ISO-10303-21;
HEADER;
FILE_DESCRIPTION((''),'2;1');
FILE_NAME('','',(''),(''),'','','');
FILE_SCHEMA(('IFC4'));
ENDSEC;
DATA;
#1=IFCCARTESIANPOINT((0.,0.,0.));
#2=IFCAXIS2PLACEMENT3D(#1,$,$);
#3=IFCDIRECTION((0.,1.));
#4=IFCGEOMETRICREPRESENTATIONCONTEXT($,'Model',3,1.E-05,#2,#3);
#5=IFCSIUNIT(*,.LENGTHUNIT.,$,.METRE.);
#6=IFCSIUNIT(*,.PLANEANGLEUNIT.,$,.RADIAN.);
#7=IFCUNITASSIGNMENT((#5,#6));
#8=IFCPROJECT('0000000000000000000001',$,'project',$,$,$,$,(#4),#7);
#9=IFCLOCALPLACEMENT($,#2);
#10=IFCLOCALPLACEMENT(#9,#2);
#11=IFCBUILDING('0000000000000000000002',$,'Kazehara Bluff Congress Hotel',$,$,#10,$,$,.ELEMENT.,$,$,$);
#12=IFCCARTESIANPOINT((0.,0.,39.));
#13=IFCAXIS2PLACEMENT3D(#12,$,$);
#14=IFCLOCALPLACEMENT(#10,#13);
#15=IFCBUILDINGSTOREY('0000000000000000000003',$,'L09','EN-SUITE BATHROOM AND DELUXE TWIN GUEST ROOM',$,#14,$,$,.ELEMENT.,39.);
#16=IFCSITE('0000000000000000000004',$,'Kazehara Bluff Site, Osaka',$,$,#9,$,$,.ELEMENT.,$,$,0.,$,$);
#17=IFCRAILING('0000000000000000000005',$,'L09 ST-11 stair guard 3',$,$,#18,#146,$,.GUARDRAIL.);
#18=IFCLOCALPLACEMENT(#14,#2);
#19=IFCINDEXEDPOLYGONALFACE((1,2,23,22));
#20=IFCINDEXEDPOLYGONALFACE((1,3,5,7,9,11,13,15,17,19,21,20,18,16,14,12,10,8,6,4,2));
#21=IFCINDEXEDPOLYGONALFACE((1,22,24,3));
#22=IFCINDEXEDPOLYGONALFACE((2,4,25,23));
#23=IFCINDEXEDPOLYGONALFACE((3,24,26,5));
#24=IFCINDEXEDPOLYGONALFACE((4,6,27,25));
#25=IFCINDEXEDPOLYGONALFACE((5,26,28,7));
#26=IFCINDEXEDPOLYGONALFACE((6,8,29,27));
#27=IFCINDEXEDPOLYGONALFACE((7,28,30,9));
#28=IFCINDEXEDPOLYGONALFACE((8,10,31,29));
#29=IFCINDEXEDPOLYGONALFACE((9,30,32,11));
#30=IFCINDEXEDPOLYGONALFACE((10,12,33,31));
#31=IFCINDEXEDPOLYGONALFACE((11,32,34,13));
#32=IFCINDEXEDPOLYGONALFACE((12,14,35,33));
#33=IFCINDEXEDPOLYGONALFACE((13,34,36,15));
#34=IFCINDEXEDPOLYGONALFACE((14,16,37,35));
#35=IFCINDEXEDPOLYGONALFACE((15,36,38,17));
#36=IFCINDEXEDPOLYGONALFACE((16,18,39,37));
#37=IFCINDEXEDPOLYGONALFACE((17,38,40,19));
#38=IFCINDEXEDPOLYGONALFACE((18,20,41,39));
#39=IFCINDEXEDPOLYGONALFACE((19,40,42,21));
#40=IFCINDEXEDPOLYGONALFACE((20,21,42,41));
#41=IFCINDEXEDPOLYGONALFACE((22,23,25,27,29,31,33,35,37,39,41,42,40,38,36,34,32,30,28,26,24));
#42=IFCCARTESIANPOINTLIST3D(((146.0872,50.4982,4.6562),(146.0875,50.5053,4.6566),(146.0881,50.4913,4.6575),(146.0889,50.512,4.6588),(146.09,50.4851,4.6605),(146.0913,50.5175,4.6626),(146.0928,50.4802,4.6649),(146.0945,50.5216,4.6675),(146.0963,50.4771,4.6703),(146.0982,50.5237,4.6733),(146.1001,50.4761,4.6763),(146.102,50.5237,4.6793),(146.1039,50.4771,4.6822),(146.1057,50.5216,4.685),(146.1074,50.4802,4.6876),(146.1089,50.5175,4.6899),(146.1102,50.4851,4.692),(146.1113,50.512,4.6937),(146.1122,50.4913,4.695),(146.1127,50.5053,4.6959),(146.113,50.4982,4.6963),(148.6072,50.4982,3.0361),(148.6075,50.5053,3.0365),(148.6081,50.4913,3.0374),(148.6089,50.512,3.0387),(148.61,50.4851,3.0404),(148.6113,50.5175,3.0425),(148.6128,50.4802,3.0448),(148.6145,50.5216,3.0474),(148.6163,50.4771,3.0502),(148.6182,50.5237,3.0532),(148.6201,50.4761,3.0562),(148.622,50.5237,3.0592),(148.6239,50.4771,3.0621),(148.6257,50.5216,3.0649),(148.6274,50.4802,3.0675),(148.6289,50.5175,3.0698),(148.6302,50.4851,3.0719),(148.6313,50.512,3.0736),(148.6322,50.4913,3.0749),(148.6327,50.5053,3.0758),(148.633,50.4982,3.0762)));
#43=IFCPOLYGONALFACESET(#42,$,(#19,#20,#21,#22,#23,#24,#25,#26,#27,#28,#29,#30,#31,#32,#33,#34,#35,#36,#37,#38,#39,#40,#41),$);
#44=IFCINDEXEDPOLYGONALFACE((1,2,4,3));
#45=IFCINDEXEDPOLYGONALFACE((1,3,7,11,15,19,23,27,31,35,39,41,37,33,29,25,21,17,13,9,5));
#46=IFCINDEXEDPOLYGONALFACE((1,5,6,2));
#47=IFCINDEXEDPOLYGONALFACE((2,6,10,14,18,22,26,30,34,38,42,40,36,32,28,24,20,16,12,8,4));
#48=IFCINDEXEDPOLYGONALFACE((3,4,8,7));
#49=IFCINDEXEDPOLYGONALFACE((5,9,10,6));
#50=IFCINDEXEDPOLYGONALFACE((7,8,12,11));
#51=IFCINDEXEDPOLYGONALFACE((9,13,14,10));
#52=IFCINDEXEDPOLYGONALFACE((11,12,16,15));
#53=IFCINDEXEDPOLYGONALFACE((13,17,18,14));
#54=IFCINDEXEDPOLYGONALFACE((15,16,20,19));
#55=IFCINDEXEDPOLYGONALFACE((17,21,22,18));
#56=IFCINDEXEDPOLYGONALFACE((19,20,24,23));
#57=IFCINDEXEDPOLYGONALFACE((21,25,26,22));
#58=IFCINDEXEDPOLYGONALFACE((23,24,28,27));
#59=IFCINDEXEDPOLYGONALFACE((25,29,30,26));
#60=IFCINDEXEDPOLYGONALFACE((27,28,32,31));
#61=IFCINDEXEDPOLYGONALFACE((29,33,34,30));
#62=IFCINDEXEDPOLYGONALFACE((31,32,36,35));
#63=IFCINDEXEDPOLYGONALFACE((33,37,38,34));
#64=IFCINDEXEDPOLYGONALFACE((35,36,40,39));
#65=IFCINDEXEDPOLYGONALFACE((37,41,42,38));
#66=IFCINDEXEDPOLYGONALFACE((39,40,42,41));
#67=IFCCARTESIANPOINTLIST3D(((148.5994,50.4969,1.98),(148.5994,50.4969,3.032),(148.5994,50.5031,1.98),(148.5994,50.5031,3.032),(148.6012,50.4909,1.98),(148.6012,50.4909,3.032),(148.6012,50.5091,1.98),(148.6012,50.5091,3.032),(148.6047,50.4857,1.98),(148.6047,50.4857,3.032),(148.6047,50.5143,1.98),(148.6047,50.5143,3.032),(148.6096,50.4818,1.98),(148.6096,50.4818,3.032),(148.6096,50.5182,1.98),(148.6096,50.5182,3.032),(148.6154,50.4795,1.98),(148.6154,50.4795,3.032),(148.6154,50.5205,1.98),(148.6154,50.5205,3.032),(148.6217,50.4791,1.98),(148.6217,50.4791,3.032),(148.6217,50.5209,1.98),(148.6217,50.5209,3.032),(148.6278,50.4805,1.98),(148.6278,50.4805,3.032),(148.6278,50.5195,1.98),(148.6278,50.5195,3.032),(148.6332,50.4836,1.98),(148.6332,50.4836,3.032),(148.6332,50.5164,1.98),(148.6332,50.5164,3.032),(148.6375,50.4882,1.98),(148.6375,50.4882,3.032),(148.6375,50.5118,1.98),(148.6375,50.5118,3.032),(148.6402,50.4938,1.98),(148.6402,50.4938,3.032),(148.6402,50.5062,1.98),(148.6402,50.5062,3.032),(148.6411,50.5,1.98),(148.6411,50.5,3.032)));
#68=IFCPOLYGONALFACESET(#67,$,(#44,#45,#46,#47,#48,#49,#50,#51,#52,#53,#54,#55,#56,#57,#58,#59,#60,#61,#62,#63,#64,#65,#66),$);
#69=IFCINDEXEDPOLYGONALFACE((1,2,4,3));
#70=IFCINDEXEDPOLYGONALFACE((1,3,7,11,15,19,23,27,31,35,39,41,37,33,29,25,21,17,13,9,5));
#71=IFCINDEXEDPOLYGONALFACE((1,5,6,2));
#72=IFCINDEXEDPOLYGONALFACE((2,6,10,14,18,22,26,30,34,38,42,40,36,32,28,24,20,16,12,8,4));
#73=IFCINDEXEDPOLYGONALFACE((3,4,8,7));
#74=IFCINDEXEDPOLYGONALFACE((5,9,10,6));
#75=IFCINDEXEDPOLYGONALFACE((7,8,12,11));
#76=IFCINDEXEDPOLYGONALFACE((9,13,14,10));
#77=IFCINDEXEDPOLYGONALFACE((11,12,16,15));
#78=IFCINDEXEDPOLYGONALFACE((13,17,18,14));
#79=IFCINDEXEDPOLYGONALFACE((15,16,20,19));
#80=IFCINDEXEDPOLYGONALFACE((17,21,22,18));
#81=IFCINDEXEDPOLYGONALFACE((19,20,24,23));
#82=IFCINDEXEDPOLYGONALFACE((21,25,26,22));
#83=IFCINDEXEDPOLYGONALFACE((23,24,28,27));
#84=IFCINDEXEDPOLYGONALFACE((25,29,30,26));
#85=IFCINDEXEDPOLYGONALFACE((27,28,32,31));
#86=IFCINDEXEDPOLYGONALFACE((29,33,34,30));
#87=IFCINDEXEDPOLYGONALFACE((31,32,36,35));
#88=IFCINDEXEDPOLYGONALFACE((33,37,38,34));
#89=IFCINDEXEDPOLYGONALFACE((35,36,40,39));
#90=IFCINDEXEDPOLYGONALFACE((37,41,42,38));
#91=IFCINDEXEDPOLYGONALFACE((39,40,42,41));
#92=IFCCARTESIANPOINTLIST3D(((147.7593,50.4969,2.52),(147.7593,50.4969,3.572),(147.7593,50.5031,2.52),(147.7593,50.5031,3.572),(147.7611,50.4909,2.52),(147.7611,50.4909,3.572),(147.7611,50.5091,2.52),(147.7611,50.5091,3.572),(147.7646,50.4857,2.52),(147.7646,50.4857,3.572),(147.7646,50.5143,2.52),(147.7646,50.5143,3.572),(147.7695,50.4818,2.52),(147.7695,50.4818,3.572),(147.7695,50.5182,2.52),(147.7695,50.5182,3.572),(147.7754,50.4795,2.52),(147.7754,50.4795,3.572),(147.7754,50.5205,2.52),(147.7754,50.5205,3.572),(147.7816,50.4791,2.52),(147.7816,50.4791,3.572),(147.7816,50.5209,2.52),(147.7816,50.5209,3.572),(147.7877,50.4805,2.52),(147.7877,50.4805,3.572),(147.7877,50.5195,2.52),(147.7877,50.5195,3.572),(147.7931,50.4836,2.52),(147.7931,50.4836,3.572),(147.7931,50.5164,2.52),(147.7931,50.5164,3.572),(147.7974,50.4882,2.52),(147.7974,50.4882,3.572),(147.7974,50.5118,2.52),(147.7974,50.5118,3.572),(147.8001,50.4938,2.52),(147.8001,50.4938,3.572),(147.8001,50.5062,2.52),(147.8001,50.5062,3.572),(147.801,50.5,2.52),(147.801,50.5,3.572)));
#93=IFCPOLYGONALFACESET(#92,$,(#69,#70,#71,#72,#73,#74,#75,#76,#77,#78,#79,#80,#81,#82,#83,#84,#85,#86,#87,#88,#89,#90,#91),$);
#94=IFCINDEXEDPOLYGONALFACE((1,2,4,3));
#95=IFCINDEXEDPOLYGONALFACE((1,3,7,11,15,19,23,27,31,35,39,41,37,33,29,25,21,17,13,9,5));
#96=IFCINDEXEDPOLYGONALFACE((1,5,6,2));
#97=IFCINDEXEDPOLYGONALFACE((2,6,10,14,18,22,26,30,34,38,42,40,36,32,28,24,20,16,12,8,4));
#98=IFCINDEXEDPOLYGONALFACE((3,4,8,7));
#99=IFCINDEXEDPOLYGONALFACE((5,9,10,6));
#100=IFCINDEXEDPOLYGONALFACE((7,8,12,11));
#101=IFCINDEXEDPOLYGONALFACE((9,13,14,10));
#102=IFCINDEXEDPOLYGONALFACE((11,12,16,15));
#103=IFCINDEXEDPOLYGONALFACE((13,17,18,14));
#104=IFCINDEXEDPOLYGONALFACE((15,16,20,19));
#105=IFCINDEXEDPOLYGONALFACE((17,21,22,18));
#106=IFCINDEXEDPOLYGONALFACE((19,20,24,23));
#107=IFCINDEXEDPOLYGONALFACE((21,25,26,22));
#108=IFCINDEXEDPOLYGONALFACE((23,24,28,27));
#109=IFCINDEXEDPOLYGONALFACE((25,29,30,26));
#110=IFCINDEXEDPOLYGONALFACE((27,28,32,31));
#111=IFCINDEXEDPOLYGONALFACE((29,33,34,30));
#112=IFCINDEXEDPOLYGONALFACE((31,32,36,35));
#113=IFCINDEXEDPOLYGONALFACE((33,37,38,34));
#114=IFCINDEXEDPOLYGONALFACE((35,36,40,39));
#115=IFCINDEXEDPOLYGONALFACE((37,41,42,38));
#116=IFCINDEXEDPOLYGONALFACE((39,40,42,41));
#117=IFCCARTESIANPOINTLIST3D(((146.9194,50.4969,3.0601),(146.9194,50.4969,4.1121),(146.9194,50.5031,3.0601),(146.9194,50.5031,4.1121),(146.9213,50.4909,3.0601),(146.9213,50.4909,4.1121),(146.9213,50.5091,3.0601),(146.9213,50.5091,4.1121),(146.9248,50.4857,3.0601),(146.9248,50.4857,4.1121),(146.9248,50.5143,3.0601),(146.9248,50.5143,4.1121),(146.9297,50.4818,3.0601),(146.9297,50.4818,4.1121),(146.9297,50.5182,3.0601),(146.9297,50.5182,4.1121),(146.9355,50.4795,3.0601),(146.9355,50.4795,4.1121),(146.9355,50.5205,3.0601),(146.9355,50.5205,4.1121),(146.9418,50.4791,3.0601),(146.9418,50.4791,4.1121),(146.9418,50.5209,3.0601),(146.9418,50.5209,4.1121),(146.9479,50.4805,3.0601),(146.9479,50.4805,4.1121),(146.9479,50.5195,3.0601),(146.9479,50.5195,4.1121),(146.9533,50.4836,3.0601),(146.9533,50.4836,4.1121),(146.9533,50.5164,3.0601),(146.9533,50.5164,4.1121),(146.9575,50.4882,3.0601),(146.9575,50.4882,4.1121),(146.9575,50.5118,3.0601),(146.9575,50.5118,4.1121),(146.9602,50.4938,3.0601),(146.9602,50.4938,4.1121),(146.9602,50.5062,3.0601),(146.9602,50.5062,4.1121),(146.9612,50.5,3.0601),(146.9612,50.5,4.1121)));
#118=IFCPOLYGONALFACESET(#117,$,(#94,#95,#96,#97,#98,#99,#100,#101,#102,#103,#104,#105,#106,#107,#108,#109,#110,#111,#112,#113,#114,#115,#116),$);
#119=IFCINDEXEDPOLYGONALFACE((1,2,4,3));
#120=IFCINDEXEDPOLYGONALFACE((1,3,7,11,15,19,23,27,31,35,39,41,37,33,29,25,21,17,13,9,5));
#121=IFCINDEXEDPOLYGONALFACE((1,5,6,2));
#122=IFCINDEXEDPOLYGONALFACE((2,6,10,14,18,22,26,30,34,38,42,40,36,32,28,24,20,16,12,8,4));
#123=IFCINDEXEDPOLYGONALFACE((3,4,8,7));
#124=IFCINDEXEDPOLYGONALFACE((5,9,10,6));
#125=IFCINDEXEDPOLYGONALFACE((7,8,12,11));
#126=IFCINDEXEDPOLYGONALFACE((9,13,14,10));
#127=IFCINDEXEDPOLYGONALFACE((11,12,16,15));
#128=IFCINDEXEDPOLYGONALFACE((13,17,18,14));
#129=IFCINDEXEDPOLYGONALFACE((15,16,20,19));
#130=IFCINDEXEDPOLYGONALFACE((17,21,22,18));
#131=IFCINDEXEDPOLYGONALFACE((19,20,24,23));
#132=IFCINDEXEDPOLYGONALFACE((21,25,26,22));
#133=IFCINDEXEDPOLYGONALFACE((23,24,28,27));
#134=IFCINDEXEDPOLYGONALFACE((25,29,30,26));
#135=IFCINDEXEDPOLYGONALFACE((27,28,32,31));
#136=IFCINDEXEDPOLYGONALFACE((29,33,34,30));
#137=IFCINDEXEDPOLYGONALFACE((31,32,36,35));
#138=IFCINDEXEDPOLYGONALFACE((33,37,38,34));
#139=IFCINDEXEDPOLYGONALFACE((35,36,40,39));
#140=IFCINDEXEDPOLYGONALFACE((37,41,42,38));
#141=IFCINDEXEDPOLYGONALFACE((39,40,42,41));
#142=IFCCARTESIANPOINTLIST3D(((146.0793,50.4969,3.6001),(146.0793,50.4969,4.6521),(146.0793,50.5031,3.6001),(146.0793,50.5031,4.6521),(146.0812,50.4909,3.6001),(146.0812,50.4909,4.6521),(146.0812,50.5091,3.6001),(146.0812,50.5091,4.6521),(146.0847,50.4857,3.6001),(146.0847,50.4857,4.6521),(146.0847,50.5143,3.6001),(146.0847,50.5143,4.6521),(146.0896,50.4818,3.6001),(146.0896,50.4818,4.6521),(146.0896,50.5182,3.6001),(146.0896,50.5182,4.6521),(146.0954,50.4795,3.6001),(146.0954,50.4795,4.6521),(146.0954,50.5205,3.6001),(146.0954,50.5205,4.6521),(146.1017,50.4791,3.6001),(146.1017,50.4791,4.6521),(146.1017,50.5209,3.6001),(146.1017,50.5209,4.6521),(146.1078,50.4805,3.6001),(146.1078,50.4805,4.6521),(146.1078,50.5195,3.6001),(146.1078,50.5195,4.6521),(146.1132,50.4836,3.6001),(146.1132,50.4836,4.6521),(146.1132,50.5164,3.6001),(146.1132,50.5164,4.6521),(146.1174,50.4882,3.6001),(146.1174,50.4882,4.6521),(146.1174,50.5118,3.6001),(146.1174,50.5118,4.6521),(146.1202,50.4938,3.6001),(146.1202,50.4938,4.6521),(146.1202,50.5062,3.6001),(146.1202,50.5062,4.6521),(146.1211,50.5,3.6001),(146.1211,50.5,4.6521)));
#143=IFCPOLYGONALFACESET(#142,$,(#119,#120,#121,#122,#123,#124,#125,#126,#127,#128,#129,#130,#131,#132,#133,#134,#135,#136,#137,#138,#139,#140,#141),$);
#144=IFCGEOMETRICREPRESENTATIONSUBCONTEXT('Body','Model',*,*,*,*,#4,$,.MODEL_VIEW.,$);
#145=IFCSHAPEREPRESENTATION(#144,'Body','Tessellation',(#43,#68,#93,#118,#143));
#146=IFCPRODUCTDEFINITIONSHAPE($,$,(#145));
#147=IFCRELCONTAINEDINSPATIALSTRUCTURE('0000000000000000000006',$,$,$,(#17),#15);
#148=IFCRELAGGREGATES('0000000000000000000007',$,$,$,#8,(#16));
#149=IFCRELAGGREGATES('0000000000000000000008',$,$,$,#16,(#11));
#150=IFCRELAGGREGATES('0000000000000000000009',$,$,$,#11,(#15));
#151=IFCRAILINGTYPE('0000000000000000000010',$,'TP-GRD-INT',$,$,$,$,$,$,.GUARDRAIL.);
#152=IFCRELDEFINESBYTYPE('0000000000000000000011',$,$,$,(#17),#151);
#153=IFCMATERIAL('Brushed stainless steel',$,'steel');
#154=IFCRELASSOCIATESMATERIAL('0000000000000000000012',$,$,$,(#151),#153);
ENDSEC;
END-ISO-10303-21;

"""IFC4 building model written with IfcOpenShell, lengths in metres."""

from ifc_helpers import new_model, si_unit, direction, frame, origin, origin_2d, place, context, subcontext, project, spatial, circle, extrude, material, type_object, element, save


model = new_model("IFC4")

# Units and contexts
model_context = context("Model", 3, precision=1e-05, world=origin(), true_north=direction((0.0, 1.0)))
body_context = subcontext(model_context, "Body", "Model", "MODEL_VIEW")
ifc_project = project(units=[si_unit("LENGTHUNIT", "METRE"), si_unit("PLANEANGLEUNIT", "RADIAN")], contexts=[model_context])

# Site, building, storey
site_placement = place(None, origin())
site = spatial("IfcSite", under=ifc_project, at=site_placement, Name="Kazehara Bluff Site, Osaka", CompositionType="ELEMENT", RefElevation=0.0)
building_placement = place(site_placement, origin())
building = spatial("IfcBuilding", under=site, at=building_placement, Name="Kazehara Bluff Congress Hotel", CompositionType="ELEMENT")
storey_placement = place(building_placement, frame((0.0, 0.0, 39.0)))
storey = spatial("IfcBuildingStorey", under=building, at=storey_placement, Name="L09", Description="EN-SUITE BATHROOM AND DELUXE TWIN GUEST ROOM", CompositionType="ELEMENT", Elevation=39.0)

# Railing
ifc_material_1 = material(Name="Brushed stainless steel", Category="steel")
railing_type_1 = type_object("IfcRailingType", Name="TP-GRD-INT", PredefinedType="GUARDRAIL", material=ifc_material_1)
railing_1_placement = place(storey_placement, frame((148.6201, 50.5, 1.98)))
element("IfcRailing", 1, at=railing_1_placement, inside=storey, type_object=railing_type_1, Name="L09 ST-11 stair guard 3", PredefinedType="GUARDRAIL", context=body_context, shape_type="SweptSolid", body=[
    extrude(circle(Radius=0.0239, at=origin_2d()), frame((0.0, 0.0, 1.0762), z_axis=(-0.841163, 0.0, 0.540782), x_axis=(0.0, -1.0, 0.0)), (0.0, 0.0, 1.0), 2.9958),
    extrude(circle(Radius=0.021, at=origin_2d()), origin(), (0.0, 0.0, 1.0), 1.052),
    extrude(circle(Radius=0.021, at=origin_2d()), frame((-0.8401, 0.0, 0.54)), (0.0, 0.0, 1.0), 1.052),
    extrude(circle(Radius=0.021, at=origin_2d()), frame((-1.6799, 0.0, 1.0801)), (0.0, 0.0, 1.0), 1.052),
    extrude(circle(Radius=0.021, at=origin_2d()), frame((-2.52, 0.0, 1.6201)), (0.0, 0.0, 1.0), 1.052),
])

save(model, "model.ifc")
